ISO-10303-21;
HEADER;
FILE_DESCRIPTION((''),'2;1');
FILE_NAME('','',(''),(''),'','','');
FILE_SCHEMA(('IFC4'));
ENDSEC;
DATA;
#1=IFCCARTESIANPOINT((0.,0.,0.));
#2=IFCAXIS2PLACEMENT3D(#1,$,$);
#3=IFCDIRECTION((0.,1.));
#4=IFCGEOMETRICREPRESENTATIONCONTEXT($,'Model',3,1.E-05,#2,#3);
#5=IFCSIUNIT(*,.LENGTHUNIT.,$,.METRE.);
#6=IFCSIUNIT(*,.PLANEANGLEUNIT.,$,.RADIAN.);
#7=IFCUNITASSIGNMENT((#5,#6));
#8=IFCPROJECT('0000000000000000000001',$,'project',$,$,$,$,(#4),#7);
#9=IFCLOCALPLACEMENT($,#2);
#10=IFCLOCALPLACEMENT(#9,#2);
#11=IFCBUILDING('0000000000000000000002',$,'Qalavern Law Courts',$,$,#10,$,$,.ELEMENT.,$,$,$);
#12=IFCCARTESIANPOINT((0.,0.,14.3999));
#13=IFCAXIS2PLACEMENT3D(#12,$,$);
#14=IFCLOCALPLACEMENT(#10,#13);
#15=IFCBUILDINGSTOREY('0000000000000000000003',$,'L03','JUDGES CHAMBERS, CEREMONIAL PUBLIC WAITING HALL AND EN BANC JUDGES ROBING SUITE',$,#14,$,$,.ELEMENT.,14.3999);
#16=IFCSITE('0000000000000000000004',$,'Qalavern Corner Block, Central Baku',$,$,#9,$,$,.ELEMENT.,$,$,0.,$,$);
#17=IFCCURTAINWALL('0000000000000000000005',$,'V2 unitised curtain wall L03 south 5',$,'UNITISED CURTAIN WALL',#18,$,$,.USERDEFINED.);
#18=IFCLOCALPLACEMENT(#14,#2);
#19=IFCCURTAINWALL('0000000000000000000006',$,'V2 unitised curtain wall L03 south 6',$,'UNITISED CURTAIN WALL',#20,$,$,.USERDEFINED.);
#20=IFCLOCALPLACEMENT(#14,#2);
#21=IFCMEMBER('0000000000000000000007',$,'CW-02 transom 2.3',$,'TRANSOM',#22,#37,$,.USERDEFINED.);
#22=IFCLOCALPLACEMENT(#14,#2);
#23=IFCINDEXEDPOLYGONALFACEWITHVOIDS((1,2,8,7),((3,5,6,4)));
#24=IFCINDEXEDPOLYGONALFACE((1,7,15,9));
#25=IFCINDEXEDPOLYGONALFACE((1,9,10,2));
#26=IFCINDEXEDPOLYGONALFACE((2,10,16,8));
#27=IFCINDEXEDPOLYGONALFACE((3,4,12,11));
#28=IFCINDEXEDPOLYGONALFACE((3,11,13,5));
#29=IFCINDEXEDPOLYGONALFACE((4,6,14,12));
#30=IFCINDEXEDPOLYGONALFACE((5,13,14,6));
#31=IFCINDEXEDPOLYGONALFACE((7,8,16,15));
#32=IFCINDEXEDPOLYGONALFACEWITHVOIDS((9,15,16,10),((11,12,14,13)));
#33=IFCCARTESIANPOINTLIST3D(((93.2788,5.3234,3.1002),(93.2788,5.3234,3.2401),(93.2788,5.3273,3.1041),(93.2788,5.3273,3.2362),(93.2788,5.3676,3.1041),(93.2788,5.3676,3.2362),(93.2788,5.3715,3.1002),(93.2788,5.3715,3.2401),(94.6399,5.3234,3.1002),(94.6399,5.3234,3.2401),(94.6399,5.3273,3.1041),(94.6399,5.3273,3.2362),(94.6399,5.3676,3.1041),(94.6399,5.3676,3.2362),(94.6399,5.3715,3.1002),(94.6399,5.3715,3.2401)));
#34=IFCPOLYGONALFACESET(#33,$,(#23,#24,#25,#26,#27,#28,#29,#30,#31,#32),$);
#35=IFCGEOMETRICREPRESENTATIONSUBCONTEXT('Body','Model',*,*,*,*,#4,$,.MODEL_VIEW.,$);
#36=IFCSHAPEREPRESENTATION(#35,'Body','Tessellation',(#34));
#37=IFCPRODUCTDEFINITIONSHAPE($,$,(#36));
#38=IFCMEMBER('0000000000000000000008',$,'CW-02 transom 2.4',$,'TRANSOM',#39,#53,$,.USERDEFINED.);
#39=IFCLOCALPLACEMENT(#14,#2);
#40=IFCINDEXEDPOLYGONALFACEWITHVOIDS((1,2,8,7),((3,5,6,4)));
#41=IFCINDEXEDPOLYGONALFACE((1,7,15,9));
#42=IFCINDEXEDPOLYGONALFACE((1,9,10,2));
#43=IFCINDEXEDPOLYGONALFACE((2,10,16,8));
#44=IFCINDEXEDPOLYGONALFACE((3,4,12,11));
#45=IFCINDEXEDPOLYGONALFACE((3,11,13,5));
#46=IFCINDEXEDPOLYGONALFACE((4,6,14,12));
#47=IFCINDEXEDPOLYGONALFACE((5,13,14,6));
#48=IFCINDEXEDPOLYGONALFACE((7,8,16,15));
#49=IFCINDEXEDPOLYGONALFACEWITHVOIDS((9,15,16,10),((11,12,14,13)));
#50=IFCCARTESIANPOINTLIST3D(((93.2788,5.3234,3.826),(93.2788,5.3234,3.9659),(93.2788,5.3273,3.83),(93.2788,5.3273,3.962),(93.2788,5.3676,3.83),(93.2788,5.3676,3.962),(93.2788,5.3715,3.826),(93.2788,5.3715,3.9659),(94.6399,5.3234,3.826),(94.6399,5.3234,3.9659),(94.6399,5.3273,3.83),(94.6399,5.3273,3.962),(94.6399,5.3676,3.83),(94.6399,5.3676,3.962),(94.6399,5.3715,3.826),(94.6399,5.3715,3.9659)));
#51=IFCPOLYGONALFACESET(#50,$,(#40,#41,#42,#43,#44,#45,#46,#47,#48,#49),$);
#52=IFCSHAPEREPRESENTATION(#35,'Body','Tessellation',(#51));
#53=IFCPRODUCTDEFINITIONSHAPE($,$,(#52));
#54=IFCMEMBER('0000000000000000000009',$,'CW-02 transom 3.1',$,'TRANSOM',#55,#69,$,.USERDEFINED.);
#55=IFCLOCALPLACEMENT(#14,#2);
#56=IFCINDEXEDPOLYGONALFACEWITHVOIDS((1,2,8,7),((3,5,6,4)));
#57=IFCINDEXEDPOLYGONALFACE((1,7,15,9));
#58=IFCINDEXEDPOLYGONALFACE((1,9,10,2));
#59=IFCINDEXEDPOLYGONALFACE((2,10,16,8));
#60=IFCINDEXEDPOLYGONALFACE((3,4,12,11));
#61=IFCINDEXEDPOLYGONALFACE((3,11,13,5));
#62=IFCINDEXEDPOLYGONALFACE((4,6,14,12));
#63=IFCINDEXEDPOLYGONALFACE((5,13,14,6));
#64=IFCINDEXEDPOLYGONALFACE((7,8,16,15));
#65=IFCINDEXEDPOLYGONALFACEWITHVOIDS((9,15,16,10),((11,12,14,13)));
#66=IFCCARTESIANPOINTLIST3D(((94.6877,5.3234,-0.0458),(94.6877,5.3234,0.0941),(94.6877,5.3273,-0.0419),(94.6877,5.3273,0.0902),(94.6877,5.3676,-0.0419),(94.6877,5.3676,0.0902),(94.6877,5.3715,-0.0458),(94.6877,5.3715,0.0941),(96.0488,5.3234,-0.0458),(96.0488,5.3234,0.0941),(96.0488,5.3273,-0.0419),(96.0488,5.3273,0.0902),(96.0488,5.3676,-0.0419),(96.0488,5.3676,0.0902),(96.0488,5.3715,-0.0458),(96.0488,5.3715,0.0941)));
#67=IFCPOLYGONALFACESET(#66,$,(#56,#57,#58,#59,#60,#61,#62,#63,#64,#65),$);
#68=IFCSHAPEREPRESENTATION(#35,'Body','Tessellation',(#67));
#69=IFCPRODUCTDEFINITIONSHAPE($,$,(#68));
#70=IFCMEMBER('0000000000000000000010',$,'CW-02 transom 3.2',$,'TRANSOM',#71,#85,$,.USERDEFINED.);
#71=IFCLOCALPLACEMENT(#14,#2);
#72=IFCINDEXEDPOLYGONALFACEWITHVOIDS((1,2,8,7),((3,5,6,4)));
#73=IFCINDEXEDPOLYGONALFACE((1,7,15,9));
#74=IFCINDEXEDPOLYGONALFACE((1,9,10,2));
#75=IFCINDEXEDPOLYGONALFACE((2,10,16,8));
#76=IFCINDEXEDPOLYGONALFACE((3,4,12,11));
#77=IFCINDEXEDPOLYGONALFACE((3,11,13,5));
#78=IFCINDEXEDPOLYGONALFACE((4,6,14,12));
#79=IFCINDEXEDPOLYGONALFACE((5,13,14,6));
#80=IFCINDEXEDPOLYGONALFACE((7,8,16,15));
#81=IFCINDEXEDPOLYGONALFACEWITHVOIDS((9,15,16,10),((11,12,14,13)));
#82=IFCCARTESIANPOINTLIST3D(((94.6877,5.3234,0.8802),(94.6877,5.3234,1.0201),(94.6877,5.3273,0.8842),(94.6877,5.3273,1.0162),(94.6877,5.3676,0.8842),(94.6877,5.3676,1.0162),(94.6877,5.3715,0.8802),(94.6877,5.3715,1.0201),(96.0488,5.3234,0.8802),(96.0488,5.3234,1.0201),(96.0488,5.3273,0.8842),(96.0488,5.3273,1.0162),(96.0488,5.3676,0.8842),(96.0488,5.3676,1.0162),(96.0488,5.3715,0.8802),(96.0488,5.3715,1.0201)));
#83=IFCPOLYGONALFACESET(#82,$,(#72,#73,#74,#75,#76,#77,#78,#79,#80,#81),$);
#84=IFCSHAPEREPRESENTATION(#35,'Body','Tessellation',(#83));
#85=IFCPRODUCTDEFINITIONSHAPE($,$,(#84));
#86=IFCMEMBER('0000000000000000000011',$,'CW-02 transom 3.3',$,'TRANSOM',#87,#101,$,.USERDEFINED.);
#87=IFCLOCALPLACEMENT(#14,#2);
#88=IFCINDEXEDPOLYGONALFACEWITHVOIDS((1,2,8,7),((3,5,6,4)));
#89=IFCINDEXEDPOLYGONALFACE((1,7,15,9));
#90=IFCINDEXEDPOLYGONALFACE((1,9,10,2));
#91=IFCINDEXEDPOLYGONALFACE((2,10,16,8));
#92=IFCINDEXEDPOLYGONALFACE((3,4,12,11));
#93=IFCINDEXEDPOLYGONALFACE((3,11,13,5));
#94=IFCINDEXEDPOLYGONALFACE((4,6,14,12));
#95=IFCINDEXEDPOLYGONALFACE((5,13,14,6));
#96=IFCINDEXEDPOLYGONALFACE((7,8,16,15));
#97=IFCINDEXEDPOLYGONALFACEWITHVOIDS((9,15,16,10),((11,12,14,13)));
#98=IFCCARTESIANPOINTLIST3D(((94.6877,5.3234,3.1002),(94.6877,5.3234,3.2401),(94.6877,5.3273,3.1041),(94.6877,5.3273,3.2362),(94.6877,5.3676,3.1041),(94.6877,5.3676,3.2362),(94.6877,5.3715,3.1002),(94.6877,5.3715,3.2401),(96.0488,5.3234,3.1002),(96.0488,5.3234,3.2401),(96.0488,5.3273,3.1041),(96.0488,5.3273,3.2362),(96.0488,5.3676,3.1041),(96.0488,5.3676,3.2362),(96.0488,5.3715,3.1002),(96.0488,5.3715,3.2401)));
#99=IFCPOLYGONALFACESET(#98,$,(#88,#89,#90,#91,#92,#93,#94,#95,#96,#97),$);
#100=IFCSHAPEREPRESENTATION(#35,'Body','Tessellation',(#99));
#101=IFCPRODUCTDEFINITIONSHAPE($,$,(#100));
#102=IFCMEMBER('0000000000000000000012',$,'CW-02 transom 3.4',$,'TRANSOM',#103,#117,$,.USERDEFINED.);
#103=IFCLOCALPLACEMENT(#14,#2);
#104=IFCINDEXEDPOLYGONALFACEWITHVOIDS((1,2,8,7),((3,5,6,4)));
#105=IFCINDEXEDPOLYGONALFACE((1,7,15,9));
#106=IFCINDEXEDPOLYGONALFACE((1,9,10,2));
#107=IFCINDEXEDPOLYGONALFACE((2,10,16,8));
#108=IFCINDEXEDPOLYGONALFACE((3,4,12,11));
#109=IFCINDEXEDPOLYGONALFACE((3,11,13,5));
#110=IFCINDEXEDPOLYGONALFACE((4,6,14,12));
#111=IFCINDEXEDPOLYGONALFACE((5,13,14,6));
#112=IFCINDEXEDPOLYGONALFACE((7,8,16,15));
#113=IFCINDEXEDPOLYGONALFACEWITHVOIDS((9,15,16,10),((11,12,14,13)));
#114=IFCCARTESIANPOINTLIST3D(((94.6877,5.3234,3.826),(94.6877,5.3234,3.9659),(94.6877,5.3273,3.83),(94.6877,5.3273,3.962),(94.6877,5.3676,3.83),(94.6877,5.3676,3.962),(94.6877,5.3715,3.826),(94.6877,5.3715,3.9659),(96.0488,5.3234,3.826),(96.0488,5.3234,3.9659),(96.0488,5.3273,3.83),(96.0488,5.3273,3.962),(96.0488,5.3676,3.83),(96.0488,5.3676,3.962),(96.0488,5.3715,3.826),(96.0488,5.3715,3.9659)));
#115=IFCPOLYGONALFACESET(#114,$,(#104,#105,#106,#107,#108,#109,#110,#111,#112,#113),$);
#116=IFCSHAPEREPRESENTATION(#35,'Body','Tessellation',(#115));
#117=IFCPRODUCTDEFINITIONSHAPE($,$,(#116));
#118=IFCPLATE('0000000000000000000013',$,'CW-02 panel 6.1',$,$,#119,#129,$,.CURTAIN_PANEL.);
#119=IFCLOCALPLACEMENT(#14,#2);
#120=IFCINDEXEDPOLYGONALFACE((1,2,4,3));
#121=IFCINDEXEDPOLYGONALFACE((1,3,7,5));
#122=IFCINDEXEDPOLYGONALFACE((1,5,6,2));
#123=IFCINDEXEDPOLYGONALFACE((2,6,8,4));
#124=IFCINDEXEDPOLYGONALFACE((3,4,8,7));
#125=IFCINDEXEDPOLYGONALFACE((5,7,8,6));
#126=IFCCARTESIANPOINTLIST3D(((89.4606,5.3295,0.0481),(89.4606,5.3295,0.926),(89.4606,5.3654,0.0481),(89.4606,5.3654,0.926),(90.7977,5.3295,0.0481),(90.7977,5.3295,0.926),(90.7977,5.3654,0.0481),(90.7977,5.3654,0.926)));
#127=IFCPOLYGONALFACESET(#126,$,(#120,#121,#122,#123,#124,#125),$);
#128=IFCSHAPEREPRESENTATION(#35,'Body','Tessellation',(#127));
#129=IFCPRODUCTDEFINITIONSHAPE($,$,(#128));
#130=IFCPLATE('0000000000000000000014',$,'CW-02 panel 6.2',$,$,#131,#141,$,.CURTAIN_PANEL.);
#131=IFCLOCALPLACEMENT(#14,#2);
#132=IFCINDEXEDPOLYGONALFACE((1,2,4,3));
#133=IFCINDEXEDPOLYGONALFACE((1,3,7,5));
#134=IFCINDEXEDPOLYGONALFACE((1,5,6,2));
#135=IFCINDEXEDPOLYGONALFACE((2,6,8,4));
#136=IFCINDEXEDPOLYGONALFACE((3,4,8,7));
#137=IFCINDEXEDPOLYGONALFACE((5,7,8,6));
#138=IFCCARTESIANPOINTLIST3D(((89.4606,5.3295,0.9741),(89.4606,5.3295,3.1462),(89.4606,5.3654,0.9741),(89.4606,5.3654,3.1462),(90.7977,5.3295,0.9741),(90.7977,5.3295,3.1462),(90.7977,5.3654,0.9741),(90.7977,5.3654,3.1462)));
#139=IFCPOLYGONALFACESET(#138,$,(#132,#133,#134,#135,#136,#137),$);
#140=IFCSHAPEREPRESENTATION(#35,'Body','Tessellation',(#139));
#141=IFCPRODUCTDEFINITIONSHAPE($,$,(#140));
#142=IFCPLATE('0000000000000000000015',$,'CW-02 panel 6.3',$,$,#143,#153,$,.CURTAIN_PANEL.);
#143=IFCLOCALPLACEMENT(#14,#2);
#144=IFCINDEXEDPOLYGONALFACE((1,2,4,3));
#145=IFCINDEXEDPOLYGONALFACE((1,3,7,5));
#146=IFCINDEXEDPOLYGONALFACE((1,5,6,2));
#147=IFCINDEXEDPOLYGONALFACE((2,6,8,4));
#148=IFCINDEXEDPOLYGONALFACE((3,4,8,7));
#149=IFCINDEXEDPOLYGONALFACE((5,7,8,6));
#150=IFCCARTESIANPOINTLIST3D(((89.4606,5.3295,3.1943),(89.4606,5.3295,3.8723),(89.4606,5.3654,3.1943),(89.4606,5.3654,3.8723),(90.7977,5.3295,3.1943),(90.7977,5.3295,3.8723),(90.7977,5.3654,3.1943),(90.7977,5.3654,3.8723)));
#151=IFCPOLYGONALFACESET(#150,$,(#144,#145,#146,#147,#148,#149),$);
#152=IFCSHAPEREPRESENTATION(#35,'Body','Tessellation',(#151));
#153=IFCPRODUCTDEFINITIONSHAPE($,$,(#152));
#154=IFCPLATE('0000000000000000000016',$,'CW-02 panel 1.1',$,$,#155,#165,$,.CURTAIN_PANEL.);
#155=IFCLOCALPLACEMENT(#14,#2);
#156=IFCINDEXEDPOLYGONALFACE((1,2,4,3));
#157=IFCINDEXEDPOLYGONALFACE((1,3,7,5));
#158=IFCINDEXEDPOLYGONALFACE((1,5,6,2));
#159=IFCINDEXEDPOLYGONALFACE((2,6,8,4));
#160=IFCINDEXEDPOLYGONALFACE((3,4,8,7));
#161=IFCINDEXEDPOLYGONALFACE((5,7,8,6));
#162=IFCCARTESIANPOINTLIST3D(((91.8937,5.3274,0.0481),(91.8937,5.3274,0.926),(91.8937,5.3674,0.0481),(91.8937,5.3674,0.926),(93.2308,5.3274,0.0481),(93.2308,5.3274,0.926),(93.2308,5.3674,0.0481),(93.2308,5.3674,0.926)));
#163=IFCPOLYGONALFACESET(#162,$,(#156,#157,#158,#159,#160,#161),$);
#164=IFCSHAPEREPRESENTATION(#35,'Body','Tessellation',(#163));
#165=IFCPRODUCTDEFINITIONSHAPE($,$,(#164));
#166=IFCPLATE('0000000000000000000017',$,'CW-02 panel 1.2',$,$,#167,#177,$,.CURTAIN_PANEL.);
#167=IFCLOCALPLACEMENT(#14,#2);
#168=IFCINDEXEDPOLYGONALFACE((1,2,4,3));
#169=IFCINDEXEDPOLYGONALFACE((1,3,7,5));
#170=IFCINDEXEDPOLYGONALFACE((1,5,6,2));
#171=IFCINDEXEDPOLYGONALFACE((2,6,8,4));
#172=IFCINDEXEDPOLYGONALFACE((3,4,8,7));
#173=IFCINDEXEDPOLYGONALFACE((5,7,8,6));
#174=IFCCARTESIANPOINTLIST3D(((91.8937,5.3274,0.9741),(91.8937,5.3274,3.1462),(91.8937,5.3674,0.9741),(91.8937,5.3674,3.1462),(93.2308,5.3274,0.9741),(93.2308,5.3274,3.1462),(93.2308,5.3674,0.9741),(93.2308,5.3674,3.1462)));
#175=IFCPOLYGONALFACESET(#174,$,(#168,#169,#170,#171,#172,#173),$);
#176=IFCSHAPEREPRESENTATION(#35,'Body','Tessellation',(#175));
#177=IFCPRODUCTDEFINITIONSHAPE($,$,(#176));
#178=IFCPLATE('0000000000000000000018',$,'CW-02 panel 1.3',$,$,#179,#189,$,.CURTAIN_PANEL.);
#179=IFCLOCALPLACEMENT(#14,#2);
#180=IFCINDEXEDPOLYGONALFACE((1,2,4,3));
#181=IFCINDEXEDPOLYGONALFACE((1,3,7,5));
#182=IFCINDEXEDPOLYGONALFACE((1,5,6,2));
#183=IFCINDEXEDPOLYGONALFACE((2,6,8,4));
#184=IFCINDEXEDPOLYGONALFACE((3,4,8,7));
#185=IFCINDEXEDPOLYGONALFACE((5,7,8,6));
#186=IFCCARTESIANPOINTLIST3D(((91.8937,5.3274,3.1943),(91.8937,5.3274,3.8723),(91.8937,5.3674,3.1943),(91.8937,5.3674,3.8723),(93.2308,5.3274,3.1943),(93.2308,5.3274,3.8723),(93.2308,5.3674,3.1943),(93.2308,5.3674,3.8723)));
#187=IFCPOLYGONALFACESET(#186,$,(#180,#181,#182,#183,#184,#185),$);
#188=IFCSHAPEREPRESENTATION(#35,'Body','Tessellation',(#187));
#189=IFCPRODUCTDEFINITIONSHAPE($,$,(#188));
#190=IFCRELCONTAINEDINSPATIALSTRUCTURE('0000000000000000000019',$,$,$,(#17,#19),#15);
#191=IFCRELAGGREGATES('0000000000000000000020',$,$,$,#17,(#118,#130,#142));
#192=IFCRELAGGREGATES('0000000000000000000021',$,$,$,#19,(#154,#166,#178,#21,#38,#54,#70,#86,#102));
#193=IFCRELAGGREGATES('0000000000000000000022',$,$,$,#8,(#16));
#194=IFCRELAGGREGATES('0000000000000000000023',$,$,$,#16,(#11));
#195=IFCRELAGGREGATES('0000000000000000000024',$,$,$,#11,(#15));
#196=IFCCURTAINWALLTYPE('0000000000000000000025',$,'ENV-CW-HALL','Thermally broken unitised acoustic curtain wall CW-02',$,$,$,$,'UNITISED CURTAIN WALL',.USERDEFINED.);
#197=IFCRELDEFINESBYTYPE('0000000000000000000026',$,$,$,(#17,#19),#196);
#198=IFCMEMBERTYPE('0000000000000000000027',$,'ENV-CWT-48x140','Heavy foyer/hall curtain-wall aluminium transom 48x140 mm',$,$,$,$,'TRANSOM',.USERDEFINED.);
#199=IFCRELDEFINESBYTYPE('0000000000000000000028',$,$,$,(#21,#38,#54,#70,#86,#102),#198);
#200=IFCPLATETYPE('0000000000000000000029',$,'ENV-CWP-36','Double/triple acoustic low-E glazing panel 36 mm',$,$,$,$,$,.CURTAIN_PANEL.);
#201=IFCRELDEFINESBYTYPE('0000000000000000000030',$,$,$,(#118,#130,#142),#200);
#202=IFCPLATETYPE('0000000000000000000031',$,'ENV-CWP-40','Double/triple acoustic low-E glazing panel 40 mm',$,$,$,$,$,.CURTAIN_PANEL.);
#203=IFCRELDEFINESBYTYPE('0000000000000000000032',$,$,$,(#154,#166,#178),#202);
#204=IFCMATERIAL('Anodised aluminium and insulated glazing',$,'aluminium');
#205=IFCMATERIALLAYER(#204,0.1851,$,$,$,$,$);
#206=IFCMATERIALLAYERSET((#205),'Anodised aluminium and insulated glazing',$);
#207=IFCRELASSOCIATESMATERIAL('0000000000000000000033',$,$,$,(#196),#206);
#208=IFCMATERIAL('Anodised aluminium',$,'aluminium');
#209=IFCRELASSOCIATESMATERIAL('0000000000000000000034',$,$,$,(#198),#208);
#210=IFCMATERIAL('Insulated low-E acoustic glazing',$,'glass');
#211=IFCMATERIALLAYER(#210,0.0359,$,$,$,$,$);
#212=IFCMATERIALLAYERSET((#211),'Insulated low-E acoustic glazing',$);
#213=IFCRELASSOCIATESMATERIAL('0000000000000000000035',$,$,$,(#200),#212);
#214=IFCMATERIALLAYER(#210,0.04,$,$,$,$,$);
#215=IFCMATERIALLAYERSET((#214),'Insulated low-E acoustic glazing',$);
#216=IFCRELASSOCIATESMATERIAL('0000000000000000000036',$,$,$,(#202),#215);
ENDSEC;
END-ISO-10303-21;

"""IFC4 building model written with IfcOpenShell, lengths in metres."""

from ifc_helpers import new_model, si_unit, direction, frame, origin, origin_2d, place, context, subcontext, project, spatial, rectangle, hollow_rectangle, extrude, material, layer, layer_set, material_profile, profile_set, type_object, element, aggregate, save


model = new_model("IFC4")

# Units and contexts
model_context = context("Model", 3, precision=1e-05, world=origin(), true_north=direction((0.0, 1.0)))
body_context = subcontext(model_context, "Body", "Model", "MODEL_VIEW")
ifc_project = project(units=[si_unit("LENGTHUNIT", "METRE"), si_unit("PLANEANGLEUNIT", "RADIAN")], contexts=[model_context])

# Site, building, storey
site_placement = place(None, origin())
site = spatial("IfcSite", under=ifc_project, at=site_placement, Name="Qalavern Corner Block, Central Baku", CompositionType="ELEMENT", RefElevation=0.0)
building_placement = place(site_placement, origin())
building = spatial("IfcBuilding", under=site, at=building_placement, Name="Qalavern Law Courts", CompositionType="ELEMENT")
storey_placement = place(building_placement, frame((0.0, 0.0, 14.3999)))
storey = spatial("IfcBuildingStorey", under=building, at=storey_placement, Name="L03", Description="JUDGES CHAMBERS, CEREMONIAL PUBLIC WAITING HALL AND EN BANC JUDGES ROBING SUITE", CompositionType="ELEMENT", Elevation=14.3999)

# Curtain wall
ifc_material_1 = material(Name="Anodised aluminium and insulated glazing", Category="aluminium")
ifc_layer_1 = layer(ifc_material_1, 0.1851)
ifc_layer_set_1 = layer_set([ifc_layer_1], Name="Anodised aluminium and insulated glazing")
curtain_wall_type = type_object("IfcCurtainWallType", Name="ENV-CW-HALL", Description="Thermally broken unitised acoustic curtain wall CW-02", ElementType="UNITISED CURTAIN WALL", PredefinedType="USERDEFINED", material=ifc_layer_set_1)
curtain_wall_1_placement = place(storey_placement, origin())
curtain_wall_1 = element("IfcCurtainWall", 1, at=curtain_wall_1_placement, inside=storey, type_object=curtain_wall_type, Name="V2 unitised curtain wall L03 south 5", ObjectType="UNITISED CURTAIN WALL", PredefinedType="USERDEFINED")
ifc_material_2 = material(Name="Anodised aluminium", Category="aluminium")

# Curtain wall
curtain_wall_2_placement = place(storey_placement, origin())
curtain_wall_2 = element("IfcCurtainWall", 2, at=curtain_wall_2_placement, inside=storey, type_object=curtain_wall_type, Name="V2 unitised curtain wall L03 south 6", ObjectType="UNITISED CURTAIN WALL", PredefinedType="USERDEFINED")

# Members
ifc_material_profile_1 = material_profile(ifc_material_2, hollow_rectangle(XDim=0.0481, YDim=0.1399, WallThickness=0.0039, at=origin_2d()), Name="ALU TRANSOM 48x140")
ifc_profile_set_1 = profile_set([ifc_material_profile_1], Name="Anodised aluminium")
member_type_1 = type_object("IfcMemberType", Name="ENV-CWT-48x140", Description="Heavy foyer/hall curtain-wall aluminium transom 48x140 mm", ElementType="TRANSOM", PredefinedType="USERDEFINED", material=ifc_profile_set_1)
member_1_placement = place(storey_placement, frame((93.2788, 5.3474, 3.1702), z_axis=(1.0, 0.0, 0.0), x_axis=(0.0, 1.0, 0.0)))
member_1 = element("IfcMember", 3, at=member_1_placement, type_object=member_type_1, Name="CW-02 transom 2.3", ObjectType="TRANSOM", PredefinedType="USERDEFINED", context=body_context, shape_type="SweptSolid", body=[
    extrude(hollow_rectangle(XDim=0.0481, YDim=0.1399, WallThickness=0.0039, at=origin_2d()), origin(), (0.0, 0.0, 1.0), 1.3611),
])
member_2_placement = place(storey_placement, frame((93.2788, 5.3474, 3.896), z_axis=(1.0, 0.0, 0.0), x_axis=(0.0, 1.0, 0.0)))
member_2 = element("IfcMember", 4, at=member_2_placement, type_object=member_type_1, Name="CW-02 transom 2.4", ObjectType="TRANSOM", PredefinedType="USERDEFINED", context=body_context, shape_type="SweptSolid", body=[
    extrude(hollow_rectangle(XDim=0.0481, YDim=0.1399, WallThickness=0.0039, at=origin_2d()), origin(), (0.0, 0.0, 1.0), 1.3611),
])
member_3_placement = place(storey_placement, frame((94.6877, 5.3474, 0.0242), z_axis=(1.0, 0.0, 0.0), x_axis=(0.0, 1.0, 0.0)))
member_3 = element("IfcMember", 5, at=member_3_placement, type_object=member_type_1, Name="CW-02 transom 3.1", ObjectType="TRANSOM", PredefinedType="USERDEFINED", context=body_context, shape_type="SweptSolid", body=[
    extrude(hollow_rectangle(XDim=0.0481, YDim=0.1399, WallThickness=0.0039, at=origin_2d()), origin(), (0.0, 0.0, 1.0), 1.3611),
])
member_4_placement = place(storey_placement, frame((94.6877, 5.3474, 0.9502), z_axis=(1.0, 0.0, 0.0), x_axis=(0.0, 1.0, 0.0)))
member_4 = element("IfcMember", 6, at=member_4_placement, type_object=member_type_1, Name="CW-02 transom 3.2", ObjectType="TRANSOM", PredefinedType="USERDEFINED", context=body_context, shape_type="SweptSolid", body=[
    extrude(hollow_rectangle(XDim=0.0481, YDim=0.1399, WallThickness=0.0039, at=origin_2d()), origin(), (0.0, 0.0, 1.0), 1.3611),
])
member_5_placement = place(storey_placement, frame((94.6877, 5.3474, 3.1702), z_axis=(1.0, 0.0, 0.0), x_axis=(0.0, 1.0, 0.0)))
member_5 = element("IfcMember", 7, at=member_5_placement, type_object=member_type_1, Name="CW-02 transom 3.3", ObjectType="TRANSOM", PredefinedType="USERDEFINED", context=body_context, shape_type="SweptSolid", body=[
    extrude(hollow_rectangle(XDim=0.0481, YDim=0.1399, WallThickness=0.0039, at=origin_2d()), origin(), (0.0, 0.0, 1.0), 1.3611),
])
member_6_placement = place(storey_placement, frame((94.6877, 5.3474, 3.896), z_axis=(1.0, 0.0, 0.0), x_axis=(0.0, 1.0, 0.0)))
member_6 = element("IfcMember", 8, at=member_6_placement, type_object=member_type_1, Name="CW-02 transom 3.4", ObjectType="TRANSOM", PredefinedType="USERDEFINED", context=body_context, shape_type="SweptSolid", body=[
    extrude(hollow_rectangle(XDim=0.0481, YDim=0.1399, WallThickness=0.0039, at=origin_2d()), origin(), (0.0, 0.0, 1.0), 1.3611),
])

# Plates
ifc_material_3 = material(Name="Insulated low-E acoustic glazing", Category="glass")
ifc_layer_2 = layer(ifc_material_3, 0.0359)
ifc_layer_set_2 = layer_set([ifc_layer_2], Name="Insulated low-E acoustic glazing")
plate_type_1 = type_object("IfcPlateType", Name="ENV-CWP-36", Description="Double/triple acoustic low-E glazing panel 36 mm", PredefinedType="CURTAIN_PANEL", material=ifc_layer_set_2)
plate_1_placement = place(storey_placement, frame((90.1292, 5.3474, 0.0481), z_axis=(0.0, 0.0, 1.0), x_axis=(1.0, 0.0, 0.0)))
plate_1 = element("IfcPlate", 9, at=plate_1_placement, type_object=plate_type_1, Name="CW-02 panel 6.1", PredefinedType="CURTAIN_PANEL", context=body_context, shape_type="SweptSolid", body=[
    extrude(rectangle(XDim=1.3372, YDim=0.0359, at=origin_2d()), origin(), (0.0, 0.0, 1.0), 0.8779),
])
plate_2_placement = place(storey_placement, frame((90.1292, 5.3474, 0.9741), z_axis=(0.0, 0.0, 1.0), x_axis=(1.0, 0.0, 0.0)))
plate_2 = element("IfcPlate", 10, at=plate_2_placement, type_object=plate_type_1, Name="CW-02 panel 6.2", PredefinedType="CURTAIN_PANEL", context=body_context, shape_type="SweptSolid", body=[
    extrude(rectangle(XDim=1.3372, YDim=0.0359, at=origin_2d()), origin(), (0.0, 0.0, 1.0), 2.1721),
])
plate_3_placement = place(storey_placement, frame((90.1292, 5.3474, 3.1943), z_axis=(0.0, 0.0, 1.0), x_axis=(1.0, 0.0, 0.0)))
plate_3 = element("IfcPlate", 11, at=plate_3_placement, type_object=plate_type_1, Name="CW-02 panel 6.3", PredefinedType="CURTAIN_PANEL", context=body_context, shape_type="SweptSolid", body=[
    extrude(rectangle(XDim=1.3372, YDim=0.0359, at=origin_2d()), origin(), (0.0, 0.0, 1.0), 0.678),
])
aggregate(curtain_wall_1, [plate_1, plate_2, plate_3])
ifc_layer_3 = layer(ifc_material_3, 0.04)
ifc_layer_set_3 = layer_set([ifc_layer_3], Name="Insulated low-E acoustic glazing")
plate_type_2 = type_object("IfcPlateType", Name="ENV-CWP-40", Description="Double/triple acoustic low-E glazing panel 40 mm", PredefinedType="CURTAIN_PANEL", material=ifc_layer_set_3)
plate_4_placement = place(storey_placement, frame((92.5623, 5.3474, 0.0481), z_axis=(0.0, 0.0, 1.0), x_axis=(1.0, 0.0, 0.0)))
plate_4 = element("IfcPlate", 12, at=plate_4_placement, type_object=plate_type_2, Name="CW-02 panel 1.1", PredefinedType="CURTAIN_PANEL", context=body_context, shape_type="SweptSolid", body=[
    extrude(rectangle(XDim=1.3372, YDim=0.04, at=origin_2d()), origin(), (0.0, 0.0, 1.0), 0.8779),
])
plate_5_placement = place(storey_placement, frame((92.5623, 5.3474, 0.9741), z_axis=(0.0, 0.0, 1.0), x_axis=(1.0, 0.0, 0.0)))
plate_5 = element("IfcPlate", 13, at=plate_5_placement, type_object=plate_type_2, Name="CW-02 panel 1.2", PredefinedType="CURTAIN_PANEL", context=body_context, shape_type="SweptSolid", body=[
    extrude(rectangle(XDim=1.3372, YDim=0.04, at=origin_2d()), origin(), (0.0, 0.0, 1.0), 2.1721),
])
plate_6_placement = place(storey_placement, frame((92.5623, 5.3474, 3.1943), z_axis=(0.0, 0.0, 1.0), x_axis=(1.0, 0.0, 0.0)))
plate_6 = element("IfcPlate", 14, at=plate_6_placement, type_object=plate_type_2, Name="CW-02 panel 1.3", PredefinedType="CURTAIN_PANEL", context=body_context, shape_type="SweptSolid", body=[
    extrude(rectangle(XDim=1.3372, YDim=0.04, at=origin_2d()), origin(), (0.0, 0.0, 1.0), 0.678),
])
aggregate(curtain_wall_2, [plate_4, plate_5, plate_6, member_1, member_2, member_3, member_4, member_5, member_6])

save(model, "model.ifc")
